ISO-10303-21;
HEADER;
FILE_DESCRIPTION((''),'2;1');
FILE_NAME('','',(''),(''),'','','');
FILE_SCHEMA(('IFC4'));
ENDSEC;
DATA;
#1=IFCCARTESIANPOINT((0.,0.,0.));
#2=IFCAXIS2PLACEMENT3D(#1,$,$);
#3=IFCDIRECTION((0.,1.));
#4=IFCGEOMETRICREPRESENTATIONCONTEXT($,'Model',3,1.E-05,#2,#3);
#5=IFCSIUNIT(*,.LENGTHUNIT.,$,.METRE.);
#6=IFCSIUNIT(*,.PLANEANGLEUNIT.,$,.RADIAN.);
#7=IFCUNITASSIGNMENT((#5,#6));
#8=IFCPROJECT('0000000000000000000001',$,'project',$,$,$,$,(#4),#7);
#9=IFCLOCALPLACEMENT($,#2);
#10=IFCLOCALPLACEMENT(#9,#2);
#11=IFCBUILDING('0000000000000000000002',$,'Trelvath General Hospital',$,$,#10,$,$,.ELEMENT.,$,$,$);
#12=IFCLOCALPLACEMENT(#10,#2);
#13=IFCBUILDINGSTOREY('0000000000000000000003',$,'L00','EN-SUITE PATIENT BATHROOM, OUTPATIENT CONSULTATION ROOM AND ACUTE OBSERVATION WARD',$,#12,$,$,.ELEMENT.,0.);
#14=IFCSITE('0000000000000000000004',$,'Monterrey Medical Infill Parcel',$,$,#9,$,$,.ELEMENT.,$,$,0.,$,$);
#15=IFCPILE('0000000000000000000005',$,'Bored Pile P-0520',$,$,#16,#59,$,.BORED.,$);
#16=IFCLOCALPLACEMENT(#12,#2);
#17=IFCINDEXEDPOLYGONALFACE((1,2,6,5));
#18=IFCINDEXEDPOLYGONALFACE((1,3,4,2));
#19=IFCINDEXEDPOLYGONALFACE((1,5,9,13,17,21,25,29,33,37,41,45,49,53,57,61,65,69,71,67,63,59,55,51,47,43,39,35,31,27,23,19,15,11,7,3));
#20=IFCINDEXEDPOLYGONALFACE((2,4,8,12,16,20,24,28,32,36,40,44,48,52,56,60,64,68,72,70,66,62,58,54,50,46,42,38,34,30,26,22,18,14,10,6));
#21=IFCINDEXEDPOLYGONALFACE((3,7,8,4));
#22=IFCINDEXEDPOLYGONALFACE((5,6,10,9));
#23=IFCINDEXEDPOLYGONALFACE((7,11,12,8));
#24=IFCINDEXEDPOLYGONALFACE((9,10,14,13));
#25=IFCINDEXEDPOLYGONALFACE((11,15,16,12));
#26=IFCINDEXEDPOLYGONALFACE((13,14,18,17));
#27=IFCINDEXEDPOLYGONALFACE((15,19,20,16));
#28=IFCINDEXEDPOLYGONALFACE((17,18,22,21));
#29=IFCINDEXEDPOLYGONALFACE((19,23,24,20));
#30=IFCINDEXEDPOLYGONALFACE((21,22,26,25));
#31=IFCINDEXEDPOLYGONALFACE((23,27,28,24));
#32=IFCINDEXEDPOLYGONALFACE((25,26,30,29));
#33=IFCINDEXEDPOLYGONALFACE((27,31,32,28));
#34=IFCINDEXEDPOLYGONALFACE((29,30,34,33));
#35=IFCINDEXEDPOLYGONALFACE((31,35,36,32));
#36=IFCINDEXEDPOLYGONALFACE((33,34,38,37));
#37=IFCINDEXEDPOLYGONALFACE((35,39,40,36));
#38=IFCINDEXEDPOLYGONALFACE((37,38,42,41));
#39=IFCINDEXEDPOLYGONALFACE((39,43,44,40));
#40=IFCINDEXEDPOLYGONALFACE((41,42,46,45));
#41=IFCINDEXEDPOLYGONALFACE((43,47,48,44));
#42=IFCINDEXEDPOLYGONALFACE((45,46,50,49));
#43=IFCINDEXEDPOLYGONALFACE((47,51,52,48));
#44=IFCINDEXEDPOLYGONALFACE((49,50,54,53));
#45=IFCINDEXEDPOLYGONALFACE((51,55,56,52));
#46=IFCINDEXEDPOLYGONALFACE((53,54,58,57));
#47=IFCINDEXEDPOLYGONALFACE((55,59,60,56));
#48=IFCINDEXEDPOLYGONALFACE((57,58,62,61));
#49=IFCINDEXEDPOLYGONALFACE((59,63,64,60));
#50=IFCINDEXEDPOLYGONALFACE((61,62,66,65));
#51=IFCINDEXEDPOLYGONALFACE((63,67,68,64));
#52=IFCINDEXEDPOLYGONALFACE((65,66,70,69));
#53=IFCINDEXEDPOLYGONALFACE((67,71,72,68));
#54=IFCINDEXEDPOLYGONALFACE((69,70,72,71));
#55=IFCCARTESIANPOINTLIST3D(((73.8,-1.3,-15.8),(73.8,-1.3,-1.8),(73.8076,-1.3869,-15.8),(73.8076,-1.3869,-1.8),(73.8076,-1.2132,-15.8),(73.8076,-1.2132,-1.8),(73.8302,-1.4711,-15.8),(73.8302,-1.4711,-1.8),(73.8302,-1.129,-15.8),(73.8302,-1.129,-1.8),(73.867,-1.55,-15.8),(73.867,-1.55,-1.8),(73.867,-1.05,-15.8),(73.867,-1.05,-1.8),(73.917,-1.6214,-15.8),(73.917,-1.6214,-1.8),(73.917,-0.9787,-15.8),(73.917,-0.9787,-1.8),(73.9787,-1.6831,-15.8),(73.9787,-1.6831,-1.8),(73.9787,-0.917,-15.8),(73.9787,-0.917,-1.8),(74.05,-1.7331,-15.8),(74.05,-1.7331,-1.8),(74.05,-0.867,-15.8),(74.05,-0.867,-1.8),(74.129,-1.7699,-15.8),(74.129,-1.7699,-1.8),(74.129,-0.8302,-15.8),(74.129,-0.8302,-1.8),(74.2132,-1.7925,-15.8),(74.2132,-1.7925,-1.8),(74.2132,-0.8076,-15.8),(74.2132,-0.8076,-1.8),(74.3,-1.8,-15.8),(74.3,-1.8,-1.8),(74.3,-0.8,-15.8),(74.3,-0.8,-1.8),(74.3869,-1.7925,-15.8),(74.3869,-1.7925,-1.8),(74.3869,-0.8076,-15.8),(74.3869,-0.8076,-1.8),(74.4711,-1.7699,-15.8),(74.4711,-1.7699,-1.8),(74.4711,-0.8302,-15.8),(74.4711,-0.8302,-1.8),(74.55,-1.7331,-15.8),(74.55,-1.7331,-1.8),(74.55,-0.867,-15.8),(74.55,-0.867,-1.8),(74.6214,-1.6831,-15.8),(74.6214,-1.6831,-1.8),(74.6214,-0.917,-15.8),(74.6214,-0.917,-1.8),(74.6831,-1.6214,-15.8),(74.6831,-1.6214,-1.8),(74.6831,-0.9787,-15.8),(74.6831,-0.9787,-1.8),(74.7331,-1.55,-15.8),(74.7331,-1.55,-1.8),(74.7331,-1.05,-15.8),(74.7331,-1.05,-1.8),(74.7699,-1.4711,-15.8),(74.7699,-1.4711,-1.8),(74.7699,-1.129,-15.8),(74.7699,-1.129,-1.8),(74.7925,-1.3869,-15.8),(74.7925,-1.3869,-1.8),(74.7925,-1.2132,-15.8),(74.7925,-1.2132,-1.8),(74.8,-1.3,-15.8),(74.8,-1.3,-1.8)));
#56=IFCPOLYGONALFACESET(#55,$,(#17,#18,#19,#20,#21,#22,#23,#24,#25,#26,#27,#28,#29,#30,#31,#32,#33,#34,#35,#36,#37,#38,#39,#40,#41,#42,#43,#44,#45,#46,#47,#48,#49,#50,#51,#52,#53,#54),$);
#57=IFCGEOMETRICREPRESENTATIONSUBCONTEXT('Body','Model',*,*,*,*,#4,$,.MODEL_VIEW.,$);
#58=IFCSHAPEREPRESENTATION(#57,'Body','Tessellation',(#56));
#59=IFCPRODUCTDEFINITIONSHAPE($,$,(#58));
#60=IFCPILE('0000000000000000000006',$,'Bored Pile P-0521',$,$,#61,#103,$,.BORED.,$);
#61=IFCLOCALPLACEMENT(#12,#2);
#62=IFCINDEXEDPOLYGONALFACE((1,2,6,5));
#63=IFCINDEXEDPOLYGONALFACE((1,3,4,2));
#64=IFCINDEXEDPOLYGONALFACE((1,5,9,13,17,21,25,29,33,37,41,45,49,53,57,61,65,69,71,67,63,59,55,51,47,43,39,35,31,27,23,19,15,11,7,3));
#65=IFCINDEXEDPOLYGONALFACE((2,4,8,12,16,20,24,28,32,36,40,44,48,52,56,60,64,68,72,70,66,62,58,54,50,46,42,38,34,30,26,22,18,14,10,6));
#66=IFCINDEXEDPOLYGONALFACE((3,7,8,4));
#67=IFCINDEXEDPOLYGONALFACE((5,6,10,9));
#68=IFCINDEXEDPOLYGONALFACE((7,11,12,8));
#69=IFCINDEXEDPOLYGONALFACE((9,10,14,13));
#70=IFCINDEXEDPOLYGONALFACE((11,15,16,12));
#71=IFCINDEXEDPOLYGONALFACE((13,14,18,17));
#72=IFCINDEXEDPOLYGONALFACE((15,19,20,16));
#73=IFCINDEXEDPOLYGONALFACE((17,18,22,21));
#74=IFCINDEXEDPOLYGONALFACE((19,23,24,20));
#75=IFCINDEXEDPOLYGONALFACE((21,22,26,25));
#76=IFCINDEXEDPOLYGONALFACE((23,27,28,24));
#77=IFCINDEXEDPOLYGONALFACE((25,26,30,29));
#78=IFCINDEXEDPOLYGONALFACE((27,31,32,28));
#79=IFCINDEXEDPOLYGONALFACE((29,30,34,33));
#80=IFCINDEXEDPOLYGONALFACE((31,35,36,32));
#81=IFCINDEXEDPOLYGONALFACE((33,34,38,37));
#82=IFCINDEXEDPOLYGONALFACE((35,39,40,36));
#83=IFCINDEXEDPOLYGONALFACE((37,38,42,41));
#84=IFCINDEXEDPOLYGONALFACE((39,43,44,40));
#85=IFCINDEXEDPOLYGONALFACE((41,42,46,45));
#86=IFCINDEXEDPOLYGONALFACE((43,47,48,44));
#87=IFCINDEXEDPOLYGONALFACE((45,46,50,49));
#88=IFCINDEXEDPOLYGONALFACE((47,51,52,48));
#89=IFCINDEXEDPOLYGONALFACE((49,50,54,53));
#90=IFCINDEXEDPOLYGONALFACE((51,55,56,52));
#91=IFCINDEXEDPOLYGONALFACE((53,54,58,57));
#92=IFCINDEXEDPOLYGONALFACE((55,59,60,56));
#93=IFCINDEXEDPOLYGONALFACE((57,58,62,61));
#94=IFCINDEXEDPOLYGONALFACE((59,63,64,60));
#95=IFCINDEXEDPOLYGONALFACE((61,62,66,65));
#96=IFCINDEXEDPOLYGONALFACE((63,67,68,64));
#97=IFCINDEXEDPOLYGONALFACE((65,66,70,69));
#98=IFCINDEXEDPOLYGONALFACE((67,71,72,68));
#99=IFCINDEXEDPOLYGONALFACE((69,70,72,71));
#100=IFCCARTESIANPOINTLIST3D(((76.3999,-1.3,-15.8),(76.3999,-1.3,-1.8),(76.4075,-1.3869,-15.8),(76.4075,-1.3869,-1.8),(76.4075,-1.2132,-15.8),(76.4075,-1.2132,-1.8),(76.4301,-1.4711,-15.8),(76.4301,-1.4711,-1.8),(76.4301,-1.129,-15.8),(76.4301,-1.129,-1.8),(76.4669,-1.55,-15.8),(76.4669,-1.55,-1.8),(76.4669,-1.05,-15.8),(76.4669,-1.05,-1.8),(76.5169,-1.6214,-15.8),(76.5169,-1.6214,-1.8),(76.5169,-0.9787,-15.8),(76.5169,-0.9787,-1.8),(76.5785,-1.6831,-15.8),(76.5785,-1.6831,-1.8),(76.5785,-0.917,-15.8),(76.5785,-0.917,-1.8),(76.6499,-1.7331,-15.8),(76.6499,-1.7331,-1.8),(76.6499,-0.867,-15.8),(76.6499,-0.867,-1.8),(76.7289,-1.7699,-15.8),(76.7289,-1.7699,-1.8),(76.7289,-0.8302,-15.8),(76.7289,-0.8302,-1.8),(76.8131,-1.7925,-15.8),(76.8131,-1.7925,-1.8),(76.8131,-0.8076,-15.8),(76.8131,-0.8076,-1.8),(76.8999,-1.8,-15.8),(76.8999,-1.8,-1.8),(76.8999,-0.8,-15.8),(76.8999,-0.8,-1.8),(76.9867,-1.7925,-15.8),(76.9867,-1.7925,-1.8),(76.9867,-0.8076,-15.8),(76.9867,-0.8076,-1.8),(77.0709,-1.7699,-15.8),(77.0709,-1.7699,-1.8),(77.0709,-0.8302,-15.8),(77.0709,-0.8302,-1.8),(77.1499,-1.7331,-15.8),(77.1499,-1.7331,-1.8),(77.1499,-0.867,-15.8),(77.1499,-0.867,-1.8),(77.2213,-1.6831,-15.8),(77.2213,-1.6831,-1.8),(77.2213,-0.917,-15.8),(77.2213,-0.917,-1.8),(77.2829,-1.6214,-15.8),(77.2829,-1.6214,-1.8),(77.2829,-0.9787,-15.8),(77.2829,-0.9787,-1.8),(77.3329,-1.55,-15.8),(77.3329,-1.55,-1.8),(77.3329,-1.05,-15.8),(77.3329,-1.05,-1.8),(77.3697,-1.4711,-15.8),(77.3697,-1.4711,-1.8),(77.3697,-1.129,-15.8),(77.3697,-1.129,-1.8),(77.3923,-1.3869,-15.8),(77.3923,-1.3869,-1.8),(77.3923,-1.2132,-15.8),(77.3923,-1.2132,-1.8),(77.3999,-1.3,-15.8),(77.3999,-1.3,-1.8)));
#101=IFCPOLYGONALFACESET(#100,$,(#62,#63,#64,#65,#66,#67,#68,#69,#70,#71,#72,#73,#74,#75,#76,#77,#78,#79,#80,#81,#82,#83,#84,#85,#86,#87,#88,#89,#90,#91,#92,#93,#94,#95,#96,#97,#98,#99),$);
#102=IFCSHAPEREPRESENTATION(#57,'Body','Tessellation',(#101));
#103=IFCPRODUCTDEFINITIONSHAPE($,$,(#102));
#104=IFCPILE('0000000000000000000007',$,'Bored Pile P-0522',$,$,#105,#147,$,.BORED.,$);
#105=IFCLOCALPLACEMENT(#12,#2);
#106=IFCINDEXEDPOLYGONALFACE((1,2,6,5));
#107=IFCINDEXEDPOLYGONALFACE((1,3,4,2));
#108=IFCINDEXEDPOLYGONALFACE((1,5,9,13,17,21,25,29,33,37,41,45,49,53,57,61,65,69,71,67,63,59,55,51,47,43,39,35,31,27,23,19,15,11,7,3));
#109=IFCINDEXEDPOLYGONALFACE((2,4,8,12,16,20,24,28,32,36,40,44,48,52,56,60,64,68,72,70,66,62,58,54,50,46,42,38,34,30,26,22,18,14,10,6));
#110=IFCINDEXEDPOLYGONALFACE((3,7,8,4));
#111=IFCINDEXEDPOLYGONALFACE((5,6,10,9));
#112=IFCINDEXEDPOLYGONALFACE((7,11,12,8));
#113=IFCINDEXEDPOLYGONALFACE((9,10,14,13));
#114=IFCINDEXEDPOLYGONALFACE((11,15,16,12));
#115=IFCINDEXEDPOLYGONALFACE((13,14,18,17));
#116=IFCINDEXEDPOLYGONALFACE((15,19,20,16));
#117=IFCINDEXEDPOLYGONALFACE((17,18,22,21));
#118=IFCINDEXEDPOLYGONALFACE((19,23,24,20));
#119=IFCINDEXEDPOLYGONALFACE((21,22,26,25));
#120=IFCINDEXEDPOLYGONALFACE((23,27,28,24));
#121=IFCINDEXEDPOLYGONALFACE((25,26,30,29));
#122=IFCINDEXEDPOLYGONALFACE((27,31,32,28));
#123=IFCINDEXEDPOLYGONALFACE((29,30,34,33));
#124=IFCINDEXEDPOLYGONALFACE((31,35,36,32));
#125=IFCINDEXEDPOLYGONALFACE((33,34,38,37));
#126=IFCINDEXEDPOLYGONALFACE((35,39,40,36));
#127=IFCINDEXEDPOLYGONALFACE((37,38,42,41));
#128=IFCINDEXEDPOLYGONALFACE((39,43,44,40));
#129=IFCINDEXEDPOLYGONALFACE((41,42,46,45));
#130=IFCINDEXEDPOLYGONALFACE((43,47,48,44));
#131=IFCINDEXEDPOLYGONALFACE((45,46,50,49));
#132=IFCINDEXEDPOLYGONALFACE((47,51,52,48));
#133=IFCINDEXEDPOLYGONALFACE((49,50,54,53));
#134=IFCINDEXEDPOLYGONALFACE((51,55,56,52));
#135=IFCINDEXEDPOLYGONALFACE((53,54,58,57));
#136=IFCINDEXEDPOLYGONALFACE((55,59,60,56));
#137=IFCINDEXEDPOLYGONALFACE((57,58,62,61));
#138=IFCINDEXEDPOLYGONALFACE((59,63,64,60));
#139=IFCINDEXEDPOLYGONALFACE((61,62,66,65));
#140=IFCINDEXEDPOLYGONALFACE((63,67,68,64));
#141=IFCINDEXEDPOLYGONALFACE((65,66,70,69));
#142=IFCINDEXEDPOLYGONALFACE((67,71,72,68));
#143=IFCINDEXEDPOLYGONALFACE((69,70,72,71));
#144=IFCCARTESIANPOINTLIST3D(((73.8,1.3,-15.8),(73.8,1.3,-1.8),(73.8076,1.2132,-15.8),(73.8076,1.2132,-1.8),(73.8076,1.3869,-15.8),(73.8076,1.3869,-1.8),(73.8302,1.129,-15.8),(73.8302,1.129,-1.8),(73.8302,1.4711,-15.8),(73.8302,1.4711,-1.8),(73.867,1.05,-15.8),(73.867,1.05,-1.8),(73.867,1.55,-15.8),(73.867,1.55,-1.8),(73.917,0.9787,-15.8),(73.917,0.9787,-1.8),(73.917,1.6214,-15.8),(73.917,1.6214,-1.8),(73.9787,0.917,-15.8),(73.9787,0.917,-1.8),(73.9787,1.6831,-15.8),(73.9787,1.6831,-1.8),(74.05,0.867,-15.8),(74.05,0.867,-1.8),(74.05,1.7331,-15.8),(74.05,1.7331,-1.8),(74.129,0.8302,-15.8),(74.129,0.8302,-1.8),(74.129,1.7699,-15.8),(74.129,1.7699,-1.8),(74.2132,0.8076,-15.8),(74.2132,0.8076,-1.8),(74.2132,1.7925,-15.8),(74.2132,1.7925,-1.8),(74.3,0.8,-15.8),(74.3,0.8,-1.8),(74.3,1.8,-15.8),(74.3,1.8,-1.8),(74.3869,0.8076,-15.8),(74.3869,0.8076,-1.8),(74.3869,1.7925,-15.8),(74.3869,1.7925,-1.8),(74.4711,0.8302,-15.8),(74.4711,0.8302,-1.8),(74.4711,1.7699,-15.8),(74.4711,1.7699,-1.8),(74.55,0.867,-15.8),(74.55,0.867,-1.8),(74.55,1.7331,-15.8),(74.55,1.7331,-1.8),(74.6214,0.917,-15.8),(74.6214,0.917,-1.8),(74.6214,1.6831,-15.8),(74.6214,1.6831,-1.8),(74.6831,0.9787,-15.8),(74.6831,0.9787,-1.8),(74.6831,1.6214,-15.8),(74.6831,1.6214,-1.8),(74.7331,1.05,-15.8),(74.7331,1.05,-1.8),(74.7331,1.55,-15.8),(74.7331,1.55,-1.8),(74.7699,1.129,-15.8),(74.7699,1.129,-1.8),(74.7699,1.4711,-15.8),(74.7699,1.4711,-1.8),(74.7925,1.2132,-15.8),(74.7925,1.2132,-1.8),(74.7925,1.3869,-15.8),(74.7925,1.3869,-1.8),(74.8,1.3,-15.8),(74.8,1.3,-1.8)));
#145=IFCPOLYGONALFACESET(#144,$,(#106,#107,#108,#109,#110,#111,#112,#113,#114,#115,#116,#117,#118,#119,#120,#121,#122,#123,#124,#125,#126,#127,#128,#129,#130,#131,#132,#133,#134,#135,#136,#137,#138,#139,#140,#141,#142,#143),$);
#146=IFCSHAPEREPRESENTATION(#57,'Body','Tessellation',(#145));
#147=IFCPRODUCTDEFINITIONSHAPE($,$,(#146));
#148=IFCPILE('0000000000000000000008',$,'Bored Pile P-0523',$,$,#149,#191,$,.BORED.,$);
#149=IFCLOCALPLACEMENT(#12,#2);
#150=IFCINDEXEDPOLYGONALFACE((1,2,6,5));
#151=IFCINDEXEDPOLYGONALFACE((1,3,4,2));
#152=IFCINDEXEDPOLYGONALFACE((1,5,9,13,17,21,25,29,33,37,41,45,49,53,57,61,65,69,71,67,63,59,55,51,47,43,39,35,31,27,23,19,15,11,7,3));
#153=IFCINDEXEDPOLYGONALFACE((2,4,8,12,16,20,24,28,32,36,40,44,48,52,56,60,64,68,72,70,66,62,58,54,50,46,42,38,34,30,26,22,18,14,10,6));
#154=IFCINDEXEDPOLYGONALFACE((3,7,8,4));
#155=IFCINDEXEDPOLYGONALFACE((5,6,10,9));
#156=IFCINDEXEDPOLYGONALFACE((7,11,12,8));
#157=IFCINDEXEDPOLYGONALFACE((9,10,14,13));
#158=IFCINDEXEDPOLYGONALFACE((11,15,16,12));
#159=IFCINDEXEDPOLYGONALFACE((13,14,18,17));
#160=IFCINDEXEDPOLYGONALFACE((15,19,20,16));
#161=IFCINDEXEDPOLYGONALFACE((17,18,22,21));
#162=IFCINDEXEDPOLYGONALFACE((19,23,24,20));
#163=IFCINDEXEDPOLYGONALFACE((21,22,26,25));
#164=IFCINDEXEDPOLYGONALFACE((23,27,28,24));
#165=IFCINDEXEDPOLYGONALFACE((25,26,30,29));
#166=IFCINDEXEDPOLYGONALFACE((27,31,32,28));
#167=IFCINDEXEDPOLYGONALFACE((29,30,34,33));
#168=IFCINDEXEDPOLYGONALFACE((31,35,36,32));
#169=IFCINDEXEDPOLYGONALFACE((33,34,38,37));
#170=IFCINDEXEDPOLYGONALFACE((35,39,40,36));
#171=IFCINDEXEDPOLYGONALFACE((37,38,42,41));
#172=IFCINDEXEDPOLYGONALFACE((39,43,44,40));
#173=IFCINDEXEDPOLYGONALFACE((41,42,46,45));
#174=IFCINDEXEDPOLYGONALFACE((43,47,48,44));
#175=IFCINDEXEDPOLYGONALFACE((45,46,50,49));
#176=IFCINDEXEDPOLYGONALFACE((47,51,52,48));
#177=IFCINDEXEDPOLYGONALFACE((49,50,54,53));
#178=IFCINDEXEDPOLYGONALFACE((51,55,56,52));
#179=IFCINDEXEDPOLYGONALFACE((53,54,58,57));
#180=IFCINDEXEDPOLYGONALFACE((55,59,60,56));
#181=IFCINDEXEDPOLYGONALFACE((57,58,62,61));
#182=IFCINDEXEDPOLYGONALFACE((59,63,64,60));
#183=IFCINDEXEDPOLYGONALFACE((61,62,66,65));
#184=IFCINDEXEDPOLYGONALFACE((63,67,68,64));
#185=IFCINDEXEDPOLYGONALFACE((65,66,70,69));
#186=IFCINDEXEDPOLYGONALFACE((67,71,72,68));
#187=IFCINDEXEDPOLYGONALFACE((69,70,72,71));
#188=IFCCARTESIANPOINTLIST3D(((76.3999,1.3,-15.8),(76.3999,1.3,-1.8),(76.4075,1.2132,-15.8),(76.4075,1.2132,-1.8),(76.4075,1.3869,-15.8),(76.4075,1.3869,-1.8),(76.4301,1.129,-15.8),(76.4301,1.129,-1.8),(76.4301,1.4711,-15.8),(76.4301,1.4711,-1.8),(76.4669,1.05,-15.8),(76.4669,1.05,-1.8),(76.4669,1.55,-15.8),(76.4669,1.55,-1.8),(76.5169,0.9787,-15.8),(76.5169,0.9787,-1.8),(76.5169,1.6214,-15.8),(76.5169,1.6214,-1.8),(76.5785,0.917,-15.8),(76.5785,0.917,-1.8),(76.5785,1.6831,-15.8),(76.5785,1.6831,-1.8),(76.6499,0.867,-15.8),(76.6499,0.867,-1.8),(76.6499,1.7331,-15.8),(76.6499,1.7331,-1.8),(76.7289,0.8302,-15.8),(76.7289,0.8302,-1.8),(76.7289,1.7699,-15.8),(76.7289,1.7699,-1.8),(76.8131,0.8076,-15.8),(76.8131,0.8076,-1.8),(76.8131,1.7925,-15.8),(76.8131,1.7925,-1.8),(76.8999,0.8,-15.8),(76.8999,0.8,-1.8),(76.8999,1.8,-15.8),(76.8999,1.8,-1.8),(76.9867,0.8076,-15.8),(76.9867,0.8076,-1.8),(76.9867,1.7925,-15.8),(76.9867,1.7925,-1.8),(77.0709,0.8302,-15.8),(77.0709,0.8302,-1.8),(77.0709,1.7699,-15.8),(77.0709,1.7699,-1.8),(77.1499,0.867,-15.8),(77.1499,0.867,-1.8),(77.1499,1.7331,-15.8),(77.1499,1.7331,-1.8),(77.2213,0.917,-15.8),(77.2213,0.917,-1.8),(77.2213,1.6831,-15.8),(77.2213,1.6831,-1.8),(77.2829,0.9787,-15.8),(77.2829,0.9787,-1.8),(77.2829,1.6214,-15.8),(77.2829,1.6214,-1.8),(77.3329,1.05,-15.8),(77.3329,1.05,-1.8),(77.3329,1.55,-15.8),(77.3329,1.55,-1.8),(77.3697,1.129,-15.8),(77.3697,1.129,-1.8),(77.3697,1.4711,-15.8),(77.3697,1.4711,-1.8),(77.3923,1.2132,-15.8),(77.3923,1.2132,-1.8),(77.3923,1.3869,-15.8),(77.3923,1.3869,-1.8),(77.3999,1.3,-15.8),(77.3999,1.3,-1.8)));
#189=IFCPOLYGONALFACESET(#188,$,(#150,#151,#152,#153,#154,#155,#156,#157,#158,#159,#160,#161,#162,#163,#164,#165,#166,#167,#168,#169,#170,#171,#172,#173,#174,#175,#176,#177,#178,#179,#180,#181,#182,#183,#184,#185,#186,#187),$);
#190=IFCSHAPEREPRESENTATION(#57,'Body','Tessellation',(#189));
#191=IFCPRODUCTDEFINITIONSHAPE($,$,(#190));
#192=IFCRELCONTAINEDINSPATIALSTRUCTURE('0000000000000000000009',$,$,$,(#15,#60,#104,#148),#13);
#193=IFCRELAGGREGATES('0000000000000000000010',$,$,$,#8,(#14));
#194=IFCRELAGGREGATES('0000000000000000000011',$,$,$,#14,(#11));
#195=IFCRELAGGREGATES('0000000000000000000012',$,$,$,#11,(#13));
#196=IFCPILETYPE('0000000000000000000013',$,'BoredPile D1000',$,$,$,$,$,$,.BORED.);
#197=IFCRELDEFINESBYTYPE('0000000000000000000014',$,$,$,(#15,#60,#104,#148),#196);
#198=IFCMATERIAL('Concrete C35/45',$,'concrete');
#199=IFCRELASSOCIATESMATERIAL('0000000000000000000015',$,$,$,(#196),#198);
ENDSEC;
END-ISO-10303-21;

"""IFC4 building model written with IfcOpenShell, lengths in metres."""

from ifc_helpers import new_model, si_unit, direction, frame, origin, origin_2d, place, context, subcontext, project, spatial, circle, extrude, material, material_profile, profile_set, type_object, element, save


model = new_model("IFC4")

# Units and contexts
model_context = context("Model", 3, precision=1e-05, world=origin(), true_north=direction((0.0, 1.0)))
body_context = subcontext(model_context, "Body", "Model", "MODEL_VIEW")
ifc_project = project(units=[si_unit("LENGTHUNIT", "METRE"), si_unit("PLANEANGLEUNIT", "RADIAN")], contexts=[model_context])

# Site, building, storey
site_placement = place(None, origin())
site = spatial("IfcSite", under=ifc_project, at=site_placement, Name="Monterrey Medical Infill Parcel", CompositionType="ELEMENT", RefElevation=0.0)
building_placement = place(site_placement, origin())
building = spatial("IfcBuilding", under=site, at=building_placement, Name="Trelvath General Hospital", CompositionType="ELEMENT")
storey_placement = place(building_placement, origin())
storey = spatial("IfcBuildingStorey", under=building, at=storey_placement, Name="L00", Description="EN-SUITE PATIENT BATHROOM, OUTPATIENT CONSULTATION ROOM AND ACUTE OBSERVATION WARD", CompositionType="ELEMENT", Elevation=0.0)

# Piles
ifc_material_1 = material(Name="Concrete C35/45", Category="concrete")
ifc_material_profile_1 = material_profile(ifc_material_1, circle(Radius=0.5, at=origin_2d()), Name="PILE1000")
ifc_profile_set_1 = profile_set([ifc_material_profile_1], Name="Concrete C35/45")
pile_type_1 = type_object("IfcPileType", Name="BoredPile D1000", PredefinedType="BORED", material=ifc_profile_set_1)
for number, where, z_axis, x_axis, name in (
    (1, (74.3, -1.3, -1.8), (0.0, 0.0, -1.0), (1.0, 0.0, 0.0), "Bored Pile P-0520"),
    (2, (76.8999, -1.3, -1.8), (0.0, 0.0, -1.0), (1.0, 0.0, 0.0), "Bored Pile P-0521"),
    (3, (74.3, 1.3, -1.8), (0.0, 0.0, -1.0), (1.0, 0.0, 0.0), "Bored Pile P-0522"),
    (4, (76.8999, 1.3, -1.8), (0.0, 0.0, -1.0), (1.0, 0.0, 0.0), "Bored Pile P-0523"),
):
    element("IfcPile", number, at=place(storey_placement, frame(where, z_axis=z_axis, x_axis=x_axis)), inside=storey, type_object=pile_type_1, Name=name, PredefinedType="BORED", context=body_context, shape_type="SweptSolid", body=[
        extrude(circle(Radius=0.5, at=origin_2d()), origin(), (0.0, 0.0, 1.0), 14.0),
    ])

save(model, "model.ifc")
